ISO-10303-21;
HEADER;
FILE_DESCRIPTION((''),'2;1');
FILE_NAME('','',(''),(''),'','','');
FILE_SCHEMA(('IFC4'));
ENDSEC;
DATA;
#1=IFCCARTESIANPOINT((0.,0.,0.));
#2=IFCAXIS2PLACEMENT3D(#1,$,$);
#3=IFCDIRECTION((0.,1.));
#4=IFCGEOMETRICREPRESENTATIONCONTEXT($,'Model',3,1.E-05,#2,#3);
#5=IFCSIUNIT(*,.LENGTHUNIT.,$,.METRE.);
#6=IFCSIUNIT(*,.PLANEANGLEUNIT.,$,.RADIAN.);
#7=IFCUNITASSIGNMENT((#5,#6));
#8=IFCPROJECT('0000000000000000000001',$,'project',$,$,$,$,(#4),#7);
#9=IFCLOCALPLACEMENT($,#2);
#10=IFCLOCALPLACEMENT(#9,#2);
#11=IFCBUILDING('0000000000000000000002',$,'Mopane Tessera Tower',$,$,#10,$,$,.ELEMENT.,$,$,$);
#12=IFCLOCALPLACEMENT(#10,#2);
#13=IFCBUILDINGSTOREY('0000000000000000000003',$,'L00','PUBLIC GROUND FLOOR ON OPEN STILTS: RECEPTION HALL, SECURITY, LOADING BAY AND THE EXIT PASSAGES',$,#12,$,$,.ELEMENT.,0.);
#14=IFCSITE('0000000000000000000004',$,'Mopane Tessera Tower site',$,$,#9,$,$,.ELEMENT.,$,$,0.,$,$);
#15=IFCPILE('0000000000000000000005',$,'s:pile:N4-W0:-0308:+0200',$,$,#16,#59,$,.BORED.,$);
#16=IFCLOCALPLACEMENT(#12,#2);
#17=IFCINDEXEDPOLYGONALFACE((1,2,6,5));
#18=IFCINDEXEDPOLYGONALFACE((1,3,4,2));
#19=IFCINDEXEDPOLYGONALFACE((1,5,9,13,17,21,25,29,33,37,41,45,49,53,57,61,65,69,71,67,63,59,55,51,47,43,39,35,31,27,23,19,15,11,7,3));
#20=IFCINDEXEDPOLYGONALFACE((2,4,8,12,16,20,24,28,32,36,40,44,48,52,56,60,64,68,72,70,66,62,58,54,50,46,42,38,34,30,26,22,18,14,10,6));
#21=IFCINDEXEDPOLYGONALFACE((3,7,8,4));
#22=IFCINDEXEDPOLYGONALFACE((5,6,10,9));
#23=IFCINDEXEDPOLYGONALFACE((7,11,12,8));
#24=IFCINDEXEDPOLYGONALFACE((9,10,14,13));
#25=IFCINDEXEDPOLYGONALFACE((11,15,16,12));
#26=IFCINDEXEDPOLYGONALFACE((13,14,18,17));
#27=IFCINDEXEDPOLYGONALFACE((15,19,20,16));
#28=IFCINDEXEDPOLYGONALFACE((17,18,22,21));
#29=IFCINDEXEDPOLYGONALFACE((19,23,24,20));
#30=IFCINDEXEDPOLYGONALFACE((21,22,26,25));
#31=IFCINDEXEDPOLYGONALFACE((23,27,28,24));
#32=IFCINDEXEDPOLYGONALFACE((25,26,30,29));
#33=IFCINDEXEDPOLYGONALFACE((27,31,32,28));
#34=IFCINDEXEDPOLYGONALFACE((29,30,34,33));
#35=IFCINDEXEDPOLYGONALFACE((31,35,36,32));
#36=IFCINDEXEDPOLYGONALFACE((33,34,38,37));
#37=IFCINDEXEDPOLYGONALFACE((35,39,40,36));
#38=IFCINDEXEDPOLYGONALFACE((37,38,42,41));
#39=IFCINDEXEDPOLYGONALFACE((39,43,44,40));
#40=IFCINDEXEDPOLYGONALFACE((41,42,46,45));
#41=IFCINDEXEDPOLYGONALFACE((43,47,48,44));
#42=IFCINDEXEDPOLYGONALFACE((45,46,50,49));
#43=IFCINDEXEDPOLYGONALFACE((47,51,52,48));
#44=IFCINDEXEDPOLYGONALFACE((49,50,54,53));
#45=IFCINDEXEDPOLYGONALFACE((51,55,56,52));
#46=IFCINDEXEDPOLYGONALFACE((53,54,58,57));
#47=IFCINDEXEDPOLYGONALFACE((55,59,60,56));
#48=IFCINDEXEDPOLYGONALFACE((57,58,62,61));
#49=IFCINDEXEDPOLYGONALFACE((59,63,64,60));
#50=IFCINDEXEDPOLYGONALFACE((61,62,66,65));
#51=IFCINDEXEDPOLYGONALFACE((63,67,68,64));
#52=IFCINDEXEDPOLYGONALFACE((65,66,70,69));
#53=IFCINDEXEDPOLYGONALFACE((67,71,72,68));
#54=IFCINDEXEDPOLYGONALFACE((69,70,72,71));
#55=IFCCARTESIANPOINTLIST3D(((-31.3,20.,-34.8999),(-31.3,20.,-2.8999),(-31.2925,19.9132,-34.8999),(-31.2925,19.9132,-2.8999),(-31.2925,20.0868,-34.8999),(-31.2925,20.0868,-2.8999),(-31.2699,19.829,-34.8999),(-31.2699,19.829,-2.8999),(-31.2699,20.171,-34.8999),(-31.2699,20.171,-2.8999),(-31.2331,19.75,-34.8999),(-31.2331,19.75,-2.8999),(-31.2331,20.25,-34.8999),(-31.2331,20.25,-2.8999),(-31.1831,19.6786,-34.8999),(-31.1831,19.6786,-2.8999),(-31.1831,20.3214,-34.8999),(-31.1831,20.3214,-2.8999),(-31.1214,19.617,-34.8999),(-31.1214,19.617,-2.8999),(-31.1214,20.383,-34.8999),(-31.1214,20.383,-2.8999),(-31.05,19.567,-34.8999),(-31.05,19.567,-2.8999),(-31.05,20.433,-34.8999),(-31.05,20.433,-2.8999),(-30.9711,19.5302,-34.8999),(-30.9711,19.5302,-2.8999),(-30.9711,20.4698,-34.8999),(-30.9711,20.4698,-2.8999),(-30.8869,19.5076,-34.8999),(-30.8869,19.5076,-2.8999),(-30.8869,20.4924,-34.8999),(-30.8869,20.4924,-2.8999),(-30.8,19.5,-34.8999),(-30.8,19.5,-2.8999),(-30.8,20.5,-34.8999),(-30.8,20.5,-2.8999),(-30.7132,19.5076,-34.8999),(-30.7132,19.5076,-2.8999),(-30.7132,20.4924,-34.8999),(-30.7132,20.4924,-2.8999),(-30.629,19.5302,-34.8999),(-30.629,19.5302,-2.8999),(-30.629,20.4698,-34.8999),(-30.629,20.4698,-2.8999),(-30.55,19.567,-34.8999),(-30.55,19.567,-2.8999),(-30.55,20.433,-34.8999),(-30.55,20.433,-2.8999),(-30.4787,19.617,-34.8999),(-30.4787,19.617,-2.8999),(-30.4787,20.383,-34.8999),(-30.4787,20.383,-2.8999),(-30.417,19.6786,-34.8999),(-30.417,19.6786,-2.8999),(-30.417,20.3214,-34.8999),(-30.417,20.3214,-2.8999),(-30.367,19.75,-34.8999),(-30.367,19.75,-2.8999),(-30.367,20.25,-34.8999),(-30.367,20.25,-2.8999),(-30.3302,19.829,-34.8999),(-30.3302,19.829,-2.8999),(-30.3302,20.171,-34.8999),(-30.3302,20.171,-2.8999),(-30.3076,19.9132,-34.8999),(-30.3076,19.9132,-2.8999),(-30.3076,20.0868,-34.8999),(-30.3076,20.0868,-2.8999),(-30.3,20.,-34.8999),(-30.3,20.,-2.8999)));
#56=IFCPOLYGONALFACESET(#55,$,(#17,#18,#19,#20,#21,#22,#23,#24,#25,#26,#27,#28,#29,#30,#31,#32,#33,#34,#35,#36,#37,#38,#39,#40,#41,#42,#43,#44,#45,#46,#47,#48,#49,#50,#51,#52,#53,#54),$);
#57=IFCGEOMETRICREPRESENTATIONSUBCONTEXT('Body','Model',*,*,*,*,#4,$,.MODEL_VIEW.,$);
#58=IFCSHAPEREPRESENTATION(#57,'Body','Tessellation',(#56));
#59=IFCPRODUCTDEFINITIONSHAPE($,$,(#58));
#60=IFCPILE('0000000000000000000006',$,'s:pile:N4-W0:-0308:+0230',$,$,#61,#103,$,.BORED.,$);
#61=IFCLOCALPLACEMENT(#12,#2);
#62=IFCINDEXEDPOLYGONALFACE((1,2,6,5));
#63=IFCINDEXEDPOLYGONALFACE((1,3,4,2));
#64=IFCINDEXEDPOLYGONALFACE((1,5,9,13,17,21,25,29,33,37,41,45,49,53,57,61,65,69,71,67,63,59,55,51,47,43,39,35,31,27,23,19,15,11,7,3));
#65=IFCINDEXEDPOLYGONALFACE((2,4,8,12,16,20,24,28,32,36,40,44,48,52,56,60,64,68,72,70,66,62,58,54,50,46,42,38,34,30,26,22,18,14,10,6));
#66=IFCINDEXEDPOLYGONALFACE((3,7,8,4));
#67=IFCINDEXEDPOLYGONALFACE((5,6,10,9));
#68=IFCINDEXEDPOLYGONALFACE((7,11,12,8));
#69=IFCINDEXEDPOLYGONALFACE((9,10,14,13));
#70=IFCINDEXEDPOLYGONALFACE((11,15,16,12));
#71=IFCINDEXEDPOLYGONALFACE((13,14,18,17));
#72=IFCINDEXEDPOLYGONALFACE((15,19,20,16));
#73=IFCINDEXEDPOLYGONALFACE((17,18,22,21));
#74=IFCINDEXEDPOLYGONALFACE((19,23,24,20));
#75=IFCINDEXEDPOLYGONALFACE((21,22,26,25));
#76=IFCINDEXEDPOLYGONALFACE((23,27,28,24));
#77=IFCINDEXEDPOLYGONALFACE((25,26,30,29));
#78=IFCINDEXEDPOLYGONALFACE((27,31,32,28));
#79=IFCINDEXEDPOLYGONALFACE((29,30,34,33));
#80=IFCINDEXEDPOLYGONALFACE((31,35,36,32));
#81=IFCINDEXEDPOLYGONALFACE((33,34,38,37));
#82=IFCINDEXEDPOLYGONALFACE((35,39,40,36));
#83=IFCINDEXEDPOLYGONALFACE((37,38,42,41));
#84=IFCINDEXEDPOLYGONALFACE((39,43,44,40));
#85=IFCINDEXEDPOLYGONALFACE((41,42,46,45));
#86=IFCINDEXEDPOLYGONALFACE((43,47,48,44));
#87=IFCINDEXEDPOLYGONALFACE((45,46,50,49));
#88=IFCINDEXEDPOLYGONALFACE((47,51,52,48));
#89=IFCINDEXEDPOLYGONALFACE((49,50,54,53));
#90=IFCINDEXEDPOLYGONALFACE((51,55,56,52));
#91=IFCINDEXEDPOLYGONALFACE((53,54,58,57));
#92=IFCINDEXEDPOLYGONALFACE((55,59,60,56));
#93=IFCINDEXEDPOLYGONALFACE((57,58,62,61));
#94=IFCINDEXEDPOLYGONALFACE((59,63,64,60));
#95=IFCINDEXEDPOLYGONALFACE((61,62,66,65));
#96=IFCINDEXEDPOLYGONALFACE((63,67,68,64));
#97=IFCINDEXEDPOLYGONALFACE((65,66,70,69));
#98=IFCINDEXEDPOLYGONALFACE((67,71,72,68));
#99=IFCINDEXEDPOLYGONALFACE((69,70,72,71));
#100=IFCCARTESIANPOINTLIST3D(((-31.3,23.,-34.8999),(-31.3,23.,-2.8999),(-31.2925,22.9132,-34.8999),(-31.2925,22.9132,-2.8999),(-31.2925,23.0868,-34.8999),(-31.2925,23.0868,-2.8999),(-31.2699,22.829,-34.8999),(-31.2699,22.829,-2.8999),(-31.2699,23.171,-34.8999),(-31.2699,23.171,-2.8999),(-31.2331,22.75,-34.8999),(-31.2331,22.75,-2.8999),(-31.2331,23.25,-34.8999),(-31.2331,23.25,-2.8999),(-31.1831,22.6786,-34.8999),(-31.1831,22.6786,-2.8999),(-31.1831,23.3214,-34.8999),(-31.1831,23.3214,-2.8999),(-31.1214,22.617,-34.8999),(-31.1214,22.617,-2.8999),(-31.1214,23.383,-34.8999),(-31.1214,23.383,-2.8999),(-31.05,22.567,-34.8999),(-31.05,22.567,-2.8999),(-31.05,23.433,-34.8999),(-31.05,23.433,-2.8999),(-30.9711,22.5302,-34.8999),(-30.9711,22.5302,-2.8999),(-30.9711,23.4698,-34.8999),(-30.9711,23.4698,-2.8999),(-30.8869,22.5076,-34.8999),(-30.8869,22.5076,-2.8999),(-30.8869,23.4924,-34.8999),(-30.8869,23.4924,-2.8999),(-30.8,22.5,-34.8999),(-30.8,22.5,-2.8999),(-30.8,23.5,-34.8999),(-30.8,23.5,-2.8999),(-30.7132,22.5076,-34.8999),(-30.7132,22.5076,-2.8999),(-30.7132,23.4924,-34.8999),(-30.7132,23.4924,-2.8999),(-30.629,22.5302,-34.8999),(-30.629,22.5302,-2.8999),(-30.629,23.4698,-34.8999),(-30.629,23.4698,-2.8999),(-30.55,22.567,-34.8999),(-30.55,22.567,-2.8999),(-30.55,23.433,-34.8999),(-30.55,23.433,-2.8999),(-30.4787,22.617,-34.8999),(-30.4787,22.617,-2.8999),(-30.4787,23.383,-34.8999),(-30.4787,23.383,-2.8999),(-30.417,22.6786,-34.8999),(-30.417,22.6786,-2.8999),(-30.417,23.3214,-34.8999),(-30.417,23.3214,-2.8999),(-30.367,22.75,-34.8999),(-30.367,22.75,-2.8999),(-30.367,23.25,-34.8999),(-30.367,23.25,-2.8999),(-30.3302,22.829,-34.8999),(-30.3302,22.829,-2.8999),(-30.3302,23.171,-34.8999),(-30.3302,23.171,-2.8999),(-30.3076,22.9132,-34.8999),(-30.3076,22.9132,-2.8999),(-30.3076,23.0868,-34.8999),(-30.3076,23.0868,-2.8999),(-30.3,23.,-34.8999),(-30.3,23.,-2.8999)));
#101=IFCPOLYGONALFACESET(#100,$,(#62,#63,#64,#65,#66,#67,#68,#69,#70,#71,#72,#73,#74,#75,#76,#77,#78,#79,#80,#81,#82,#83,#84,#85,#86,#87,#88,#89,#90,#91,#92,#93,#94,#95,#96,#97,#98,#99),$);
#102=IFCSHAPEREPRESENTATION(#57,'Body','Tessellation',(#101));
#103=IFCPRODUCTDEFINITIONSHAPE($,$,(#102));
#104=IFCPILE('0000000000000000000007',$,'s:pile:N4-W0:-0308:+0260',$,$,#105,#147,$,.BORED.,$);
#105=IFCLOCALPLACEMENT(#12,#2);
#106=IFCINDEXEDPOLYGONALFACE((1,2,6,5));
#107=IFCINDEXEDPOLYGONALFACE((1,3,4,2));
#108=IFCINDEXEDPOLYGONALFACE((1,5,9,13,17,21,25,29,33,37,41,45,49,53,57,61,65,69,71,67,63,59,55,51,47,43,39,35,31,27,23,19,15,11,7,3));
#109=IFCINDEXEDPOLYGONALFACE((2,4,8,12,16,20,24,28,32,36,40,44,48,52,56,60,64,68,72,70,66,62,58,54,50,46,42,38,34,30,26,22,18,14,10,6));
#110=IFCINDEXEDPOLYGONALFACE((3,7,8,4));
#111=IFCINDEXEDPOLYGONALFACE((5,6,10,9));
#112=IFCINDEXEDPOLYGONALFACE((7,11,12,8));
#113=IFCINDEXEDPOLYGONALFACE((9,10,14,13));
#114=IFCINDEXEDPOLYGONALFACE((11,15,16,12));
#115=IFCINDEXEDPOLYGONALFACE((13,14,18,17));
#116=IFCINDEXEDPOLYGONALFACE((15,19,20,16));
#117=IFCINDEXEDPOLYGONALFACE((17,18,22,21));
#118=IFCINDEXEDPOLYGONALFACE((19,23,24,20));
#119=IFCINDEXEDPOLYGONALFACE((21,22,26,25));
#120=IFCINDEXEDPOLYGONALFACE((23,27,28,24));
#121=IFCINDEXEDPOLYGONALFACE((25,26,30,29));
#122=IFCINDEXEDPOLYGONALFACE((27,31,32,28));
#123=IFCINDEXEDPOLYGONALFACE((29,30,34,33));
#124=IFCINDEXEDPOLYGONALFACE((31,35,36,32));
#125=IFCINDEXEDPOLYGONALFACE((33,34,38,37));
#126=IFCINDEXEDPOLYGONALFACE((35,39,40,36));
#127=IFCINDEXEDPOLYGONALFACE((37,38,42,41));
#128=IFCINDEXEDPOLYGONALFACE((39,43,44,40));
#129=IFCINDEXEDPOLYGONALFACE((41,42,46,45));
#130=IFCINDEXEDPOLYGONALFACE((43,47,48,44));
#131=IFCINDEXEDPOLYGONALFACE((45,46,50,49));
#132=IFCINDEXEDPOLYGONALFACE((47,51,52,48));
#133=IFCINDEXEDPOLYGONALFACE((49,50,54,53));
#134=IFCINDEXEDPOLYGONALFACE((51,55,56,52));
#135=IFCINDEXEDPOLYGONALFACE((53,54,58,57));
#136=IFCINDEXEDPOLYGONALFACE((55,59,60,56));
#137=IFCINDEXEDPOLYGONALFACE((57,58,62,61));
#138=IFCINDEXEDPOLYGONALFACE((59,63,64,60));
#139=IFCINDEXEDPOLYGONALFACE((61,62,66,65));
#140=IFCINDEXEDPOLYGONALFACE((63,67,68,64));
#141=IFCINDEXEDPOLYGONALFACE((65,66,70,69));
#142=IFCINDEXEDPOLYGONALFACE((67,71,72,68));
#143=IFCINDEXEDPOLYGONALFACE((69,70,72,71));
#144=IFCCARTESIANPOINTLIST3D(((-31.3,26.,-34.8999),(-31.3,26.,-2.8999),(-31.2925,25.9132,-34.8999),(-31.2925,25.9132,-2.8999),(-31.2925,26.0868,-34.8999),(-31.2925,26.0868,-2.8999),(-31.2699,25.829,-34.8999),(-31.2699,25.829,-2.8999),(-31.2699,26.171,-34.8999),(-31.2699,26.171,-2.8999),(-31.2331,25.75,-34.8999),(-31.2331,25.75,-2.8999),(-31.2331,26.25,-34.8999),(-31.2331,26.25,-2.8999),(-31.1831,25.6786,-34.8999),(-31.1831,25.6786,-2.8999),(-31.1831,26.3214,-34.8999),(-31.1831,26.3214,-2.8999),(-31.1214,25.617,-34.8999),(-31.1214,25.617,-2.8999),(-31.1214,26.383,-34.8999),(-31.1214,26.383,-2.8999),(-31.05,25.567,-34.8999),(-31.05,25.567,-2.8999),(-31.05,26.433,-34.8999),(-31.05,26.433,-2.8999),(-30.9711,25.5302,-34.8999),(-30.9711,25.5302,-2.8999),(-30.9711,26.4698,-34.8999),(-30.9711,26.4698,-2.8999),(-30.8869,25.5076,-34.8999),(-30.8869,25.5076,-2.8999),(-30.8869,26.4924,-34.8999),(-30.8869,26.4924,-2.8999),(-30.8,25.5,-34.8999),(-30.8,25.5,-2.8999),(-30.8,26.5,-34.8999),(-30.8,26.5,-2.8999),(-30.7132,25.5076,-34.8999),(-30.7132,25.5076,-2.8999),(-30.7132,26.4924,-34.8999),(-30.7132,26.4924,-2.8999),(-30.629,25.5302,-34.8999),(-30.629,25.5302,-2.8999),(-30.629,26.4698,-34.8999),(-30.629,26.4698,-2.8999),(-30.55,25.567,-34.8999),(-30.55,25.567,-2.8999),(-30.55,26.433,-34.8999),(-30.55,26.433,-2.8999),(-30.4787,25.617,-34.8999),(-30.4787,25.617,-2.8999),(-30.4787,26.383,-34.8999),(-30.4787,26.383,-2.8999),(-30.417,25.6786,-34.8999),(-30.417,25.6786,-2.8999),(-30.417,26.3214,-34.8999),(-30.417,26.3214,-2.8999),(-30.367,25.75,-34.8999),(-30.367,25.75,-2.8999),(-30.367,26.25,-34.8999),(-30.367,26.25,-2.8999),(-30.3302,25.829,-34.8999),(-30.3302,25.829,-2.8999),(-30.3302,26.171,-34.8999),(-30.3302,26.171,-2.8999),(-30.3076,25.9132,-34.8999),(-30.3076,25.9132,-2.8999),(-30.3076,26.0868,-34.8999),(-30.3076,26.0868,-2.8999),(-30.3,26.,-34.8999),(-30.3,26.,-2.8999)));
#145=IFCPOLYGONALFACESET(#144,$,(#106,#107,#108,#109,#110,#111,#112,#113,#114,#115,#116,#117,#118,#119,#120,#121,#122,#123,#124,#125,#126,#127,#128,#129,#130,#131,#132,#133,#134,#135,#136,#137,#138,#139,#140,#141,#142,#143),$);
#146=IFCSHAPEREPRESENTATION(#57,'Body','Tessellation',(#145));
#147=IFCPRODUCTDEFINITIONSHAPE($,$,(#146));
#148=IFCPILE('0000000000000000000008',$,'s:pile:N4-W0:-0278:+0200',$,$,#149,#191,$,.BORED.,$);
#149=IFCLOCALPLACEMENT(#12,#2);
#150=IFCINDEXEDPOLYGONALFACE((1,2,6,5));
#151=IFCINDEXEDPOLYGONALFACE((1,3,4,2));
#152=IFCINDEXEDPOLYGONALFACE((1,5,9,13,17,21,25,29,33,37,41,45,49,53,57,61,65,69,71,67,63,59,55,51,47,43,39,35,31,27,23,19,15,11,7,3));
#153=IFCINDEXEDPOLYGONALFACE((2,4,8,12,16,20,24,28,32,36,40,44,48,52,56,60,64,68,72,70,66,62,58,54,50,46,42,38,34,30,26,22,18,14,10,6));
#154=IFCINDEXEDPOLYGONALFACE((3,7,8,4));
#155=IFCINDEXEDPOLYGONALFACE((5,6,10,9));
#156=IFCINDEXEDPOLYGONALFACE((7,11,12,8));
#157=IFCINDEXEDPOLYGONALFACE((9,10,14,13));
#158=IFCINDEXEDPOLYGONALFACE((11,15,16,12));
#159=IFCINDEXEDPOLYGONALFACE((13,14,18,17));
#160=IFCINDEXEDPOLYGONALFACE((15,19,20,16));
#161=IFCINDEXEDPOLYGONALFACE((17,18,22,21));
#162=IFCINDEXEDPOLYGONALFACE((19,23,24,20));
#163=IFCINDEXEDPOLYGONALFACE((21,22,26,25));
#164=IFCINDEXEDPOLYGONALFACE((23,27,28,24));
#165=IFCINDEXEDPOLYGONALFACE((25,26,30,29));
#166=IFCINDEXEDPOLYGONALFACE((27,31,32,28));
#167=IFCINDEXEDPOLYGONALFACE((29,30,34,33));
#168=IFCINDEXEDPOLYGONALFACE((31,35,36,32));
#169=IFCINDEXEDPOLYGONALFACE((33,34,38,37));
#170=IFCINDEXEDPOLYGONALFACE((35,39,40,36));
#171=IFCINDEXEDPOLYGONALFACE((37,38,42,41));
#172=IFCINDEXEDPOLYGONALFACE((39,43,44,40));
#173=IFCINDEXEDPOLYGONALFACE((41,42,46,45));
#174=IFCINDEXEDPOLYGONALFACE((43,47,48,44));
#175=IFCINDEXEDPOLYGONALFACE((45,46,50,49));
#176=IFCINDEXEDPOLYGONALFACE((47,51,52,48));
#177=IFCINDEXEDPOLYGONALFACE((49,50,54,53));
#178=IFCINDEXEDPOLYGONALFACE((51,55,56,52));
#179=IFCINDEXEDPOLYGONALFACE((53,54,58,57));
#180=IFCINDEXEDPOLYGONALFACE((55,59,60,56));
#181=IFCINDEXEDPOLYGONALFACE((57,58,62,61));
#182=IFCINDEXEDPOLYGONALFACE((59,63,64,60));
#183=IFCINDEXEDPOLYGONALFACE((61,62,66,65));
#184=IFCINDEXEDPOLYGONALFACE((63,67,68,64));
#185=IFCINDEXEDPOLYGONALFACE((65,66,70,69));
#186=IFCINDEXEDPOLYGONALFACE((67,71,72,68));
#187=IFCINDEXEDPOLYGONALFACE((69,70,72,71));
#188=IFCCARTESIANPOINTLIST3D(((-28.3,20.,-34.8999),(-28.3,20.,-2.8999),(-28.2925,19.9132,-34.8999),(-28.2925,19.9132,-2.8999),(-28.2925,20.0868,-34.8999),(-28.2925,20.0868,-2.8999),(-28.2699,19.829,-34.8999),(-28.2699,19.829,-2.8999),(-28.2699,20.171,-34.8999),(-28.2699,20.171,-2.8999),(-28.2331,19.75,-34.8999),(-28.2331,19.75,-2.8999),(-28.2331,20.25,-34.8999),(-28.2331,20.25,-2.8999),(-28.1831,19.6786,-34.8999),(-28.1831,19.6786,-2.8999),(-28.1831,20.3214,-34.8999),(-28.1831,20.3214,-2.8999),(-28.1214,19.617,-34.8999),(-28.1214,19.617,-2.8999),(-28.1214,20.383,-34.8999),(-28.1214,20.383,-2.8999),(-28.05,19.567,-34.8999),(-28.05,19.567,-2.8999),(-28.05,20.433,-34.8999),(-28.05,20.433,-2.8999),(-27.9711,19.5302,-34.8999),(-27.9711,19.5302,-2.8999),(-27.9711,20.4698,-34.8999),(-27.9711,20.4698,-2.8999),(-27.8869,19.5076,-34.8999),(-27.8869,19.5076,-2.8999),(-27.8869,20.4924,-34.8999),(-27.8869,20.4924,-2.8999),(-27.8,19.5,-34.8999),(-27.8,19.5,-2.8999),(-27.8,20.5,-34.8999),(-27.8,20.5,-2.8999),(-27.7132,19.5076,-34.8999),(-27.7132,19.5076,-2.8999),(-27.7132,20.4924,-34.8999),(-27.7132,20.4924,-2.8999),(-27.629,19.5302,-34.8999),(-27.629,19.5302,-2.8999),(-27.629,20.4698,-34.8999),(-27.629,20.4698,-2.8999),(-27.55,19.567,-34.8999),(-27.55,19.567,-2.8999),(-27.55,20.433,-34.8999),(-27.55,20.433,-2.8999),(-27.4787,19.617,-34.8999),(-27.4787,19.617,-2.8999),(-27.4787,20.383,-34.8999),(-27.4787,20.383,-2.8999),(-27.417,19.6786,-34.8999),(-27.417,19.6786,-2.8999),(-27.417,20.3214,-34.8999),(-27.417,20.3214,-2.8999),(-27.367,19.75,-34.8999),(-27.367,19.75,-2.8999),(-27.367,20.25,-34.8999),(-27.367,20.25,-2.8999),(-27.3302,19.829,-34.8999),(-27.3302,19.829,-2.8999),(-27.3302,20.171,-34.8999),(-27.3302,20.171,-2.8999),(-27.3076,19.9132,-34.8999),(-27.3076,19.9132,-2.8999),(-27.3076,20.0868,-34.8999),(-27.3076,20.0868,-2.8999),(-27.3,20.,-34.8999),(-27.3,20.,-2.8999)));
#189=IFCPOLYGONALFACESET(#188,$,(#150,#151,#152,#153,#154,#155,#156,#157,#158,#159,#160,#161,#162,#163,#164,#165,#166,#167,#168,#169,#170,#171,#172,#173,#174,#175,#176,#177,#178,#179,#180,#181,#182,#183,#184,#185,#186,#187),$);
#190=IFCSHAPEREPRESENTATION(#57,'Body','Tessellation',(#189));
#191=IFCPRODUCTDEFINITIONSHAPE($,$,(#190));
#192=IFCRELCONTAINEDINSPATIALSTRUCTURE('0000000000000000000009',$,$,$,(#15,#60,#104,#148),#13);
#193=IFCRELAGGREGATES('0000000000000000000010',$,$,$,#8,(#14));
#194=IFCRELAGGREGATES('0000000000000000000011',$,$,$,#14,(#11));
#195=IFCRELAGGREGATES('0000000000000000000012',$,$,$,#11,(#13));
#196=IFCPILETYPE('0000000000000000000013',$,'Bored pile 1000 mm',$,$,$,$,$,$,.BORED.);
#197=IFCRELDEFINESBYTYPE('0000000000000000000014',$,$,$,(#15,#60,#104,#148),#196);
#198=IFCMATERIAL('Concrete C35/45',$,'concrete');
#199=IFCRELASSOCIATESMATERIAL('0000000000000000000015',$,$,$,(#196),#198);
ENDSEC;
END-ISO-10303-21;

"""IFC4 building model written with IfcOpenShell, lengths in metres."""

from ifc_helpers import new_model, si_unit, direction, frame, origin, origin_2d, place, context, subcontext, project, spatial, circle, extrude, material, material_profile, profile_set, type_object, element, save


model = new_model("IFC4")

# Units and contexts
model_context = context("Model", 3, precision=1e-05, world=origin(), true_north=direction((0.0, 1.0)))
body_context = subcontext(model_context, "Body", "Model", "MODEL_VIEW")
ifc_project = project(units=[si_unit("LENGTHUNIT", "METRE"), si_unit("PLANEANGLEUNIT", "RADIAN")], contexts=[model_context])

# Site, building, storey
site_placement = place(None, origin())
site = spatial("IfcSite", under=ifc_project, at=site_placement, Name="Mopane Tessera Tower site", CompositionType="ELEMENT", RefElevation=0.0)
building_placement = place(site_placement, origin())
building = spatial("IfcBuilding", under=site, at=building_placement, Name="Mopane Tessera Tower", CompositionType="ELEMENT")
storey_placement = place(building_placement, origin())
storey = spatial("IfcBuildingStorey", under=building, at=storey_placement, Name="L00", Description="PUBLIC GROUND FLOOR ON OPEN STILTS: RECEPTION HALL, SECURITY, LOADING BAY AND THE EXIT PASSAGES", CompositionType="ELEMENT", Elevation=0.0)

# Piles
ifc_material_1 = material(Name="Concrete C35/45", Category="concrete")
ifc_material_profile_1 = material_profile(ifc_material_1, circle(Radius=0.5, at=origin_2d()))
ifc_profile_set_1 = profile_set([ifc_material_profile_1], Name="Concrete C35/45")
pile_type_1 = type_object("IfcPileType", Name="Bored pile 1000 mm", PredefinedType="BORED", material=ifc_profile_set_1)
for number, where, z_axis, x_axis, name in (
    (1, (-30.8, 20.0, -2.8999), (0.0, 0.0, -1.0), (1.0, 0.0, 0.0), "s:pile:N4-W0:-0308:+0200"),
    (2, (-30.8, 23.0, -2.8999), (0.0, 0.0, -1.0), (1.0, 0.0, 0.0), "s:pile:N4-W0:-0308:+0230"),
    (3, (-30.8, 26.0, -2.8999), (0.0, 0.0, -1.0), (1.0, 0.0, 0.0), "s:pile:N4-W0:-0308:+0260"),
    (4, (-27.8, 20.0, -2.8999), (0.0, 0.0, -1.0), (1.0, 0.0, 0.0), "s:pile:N4-W0:-0278:+0200"),
):
    element("IfcPile", number, at=place(storey_placement, frame(where, z_axis=z_axis, x_axis=x_axis)), inside=storey, type_object=pile_type_1, Name=name, PredefinedType="BORED", context=body_context, shape_type="SweptSolid", body=[
        extrude(circle(Radius=0.5, at=origin_2d()), origin(), (0.0, 0.0, 1.0), 32.0),
    ])

save(model, "model.ifc")
